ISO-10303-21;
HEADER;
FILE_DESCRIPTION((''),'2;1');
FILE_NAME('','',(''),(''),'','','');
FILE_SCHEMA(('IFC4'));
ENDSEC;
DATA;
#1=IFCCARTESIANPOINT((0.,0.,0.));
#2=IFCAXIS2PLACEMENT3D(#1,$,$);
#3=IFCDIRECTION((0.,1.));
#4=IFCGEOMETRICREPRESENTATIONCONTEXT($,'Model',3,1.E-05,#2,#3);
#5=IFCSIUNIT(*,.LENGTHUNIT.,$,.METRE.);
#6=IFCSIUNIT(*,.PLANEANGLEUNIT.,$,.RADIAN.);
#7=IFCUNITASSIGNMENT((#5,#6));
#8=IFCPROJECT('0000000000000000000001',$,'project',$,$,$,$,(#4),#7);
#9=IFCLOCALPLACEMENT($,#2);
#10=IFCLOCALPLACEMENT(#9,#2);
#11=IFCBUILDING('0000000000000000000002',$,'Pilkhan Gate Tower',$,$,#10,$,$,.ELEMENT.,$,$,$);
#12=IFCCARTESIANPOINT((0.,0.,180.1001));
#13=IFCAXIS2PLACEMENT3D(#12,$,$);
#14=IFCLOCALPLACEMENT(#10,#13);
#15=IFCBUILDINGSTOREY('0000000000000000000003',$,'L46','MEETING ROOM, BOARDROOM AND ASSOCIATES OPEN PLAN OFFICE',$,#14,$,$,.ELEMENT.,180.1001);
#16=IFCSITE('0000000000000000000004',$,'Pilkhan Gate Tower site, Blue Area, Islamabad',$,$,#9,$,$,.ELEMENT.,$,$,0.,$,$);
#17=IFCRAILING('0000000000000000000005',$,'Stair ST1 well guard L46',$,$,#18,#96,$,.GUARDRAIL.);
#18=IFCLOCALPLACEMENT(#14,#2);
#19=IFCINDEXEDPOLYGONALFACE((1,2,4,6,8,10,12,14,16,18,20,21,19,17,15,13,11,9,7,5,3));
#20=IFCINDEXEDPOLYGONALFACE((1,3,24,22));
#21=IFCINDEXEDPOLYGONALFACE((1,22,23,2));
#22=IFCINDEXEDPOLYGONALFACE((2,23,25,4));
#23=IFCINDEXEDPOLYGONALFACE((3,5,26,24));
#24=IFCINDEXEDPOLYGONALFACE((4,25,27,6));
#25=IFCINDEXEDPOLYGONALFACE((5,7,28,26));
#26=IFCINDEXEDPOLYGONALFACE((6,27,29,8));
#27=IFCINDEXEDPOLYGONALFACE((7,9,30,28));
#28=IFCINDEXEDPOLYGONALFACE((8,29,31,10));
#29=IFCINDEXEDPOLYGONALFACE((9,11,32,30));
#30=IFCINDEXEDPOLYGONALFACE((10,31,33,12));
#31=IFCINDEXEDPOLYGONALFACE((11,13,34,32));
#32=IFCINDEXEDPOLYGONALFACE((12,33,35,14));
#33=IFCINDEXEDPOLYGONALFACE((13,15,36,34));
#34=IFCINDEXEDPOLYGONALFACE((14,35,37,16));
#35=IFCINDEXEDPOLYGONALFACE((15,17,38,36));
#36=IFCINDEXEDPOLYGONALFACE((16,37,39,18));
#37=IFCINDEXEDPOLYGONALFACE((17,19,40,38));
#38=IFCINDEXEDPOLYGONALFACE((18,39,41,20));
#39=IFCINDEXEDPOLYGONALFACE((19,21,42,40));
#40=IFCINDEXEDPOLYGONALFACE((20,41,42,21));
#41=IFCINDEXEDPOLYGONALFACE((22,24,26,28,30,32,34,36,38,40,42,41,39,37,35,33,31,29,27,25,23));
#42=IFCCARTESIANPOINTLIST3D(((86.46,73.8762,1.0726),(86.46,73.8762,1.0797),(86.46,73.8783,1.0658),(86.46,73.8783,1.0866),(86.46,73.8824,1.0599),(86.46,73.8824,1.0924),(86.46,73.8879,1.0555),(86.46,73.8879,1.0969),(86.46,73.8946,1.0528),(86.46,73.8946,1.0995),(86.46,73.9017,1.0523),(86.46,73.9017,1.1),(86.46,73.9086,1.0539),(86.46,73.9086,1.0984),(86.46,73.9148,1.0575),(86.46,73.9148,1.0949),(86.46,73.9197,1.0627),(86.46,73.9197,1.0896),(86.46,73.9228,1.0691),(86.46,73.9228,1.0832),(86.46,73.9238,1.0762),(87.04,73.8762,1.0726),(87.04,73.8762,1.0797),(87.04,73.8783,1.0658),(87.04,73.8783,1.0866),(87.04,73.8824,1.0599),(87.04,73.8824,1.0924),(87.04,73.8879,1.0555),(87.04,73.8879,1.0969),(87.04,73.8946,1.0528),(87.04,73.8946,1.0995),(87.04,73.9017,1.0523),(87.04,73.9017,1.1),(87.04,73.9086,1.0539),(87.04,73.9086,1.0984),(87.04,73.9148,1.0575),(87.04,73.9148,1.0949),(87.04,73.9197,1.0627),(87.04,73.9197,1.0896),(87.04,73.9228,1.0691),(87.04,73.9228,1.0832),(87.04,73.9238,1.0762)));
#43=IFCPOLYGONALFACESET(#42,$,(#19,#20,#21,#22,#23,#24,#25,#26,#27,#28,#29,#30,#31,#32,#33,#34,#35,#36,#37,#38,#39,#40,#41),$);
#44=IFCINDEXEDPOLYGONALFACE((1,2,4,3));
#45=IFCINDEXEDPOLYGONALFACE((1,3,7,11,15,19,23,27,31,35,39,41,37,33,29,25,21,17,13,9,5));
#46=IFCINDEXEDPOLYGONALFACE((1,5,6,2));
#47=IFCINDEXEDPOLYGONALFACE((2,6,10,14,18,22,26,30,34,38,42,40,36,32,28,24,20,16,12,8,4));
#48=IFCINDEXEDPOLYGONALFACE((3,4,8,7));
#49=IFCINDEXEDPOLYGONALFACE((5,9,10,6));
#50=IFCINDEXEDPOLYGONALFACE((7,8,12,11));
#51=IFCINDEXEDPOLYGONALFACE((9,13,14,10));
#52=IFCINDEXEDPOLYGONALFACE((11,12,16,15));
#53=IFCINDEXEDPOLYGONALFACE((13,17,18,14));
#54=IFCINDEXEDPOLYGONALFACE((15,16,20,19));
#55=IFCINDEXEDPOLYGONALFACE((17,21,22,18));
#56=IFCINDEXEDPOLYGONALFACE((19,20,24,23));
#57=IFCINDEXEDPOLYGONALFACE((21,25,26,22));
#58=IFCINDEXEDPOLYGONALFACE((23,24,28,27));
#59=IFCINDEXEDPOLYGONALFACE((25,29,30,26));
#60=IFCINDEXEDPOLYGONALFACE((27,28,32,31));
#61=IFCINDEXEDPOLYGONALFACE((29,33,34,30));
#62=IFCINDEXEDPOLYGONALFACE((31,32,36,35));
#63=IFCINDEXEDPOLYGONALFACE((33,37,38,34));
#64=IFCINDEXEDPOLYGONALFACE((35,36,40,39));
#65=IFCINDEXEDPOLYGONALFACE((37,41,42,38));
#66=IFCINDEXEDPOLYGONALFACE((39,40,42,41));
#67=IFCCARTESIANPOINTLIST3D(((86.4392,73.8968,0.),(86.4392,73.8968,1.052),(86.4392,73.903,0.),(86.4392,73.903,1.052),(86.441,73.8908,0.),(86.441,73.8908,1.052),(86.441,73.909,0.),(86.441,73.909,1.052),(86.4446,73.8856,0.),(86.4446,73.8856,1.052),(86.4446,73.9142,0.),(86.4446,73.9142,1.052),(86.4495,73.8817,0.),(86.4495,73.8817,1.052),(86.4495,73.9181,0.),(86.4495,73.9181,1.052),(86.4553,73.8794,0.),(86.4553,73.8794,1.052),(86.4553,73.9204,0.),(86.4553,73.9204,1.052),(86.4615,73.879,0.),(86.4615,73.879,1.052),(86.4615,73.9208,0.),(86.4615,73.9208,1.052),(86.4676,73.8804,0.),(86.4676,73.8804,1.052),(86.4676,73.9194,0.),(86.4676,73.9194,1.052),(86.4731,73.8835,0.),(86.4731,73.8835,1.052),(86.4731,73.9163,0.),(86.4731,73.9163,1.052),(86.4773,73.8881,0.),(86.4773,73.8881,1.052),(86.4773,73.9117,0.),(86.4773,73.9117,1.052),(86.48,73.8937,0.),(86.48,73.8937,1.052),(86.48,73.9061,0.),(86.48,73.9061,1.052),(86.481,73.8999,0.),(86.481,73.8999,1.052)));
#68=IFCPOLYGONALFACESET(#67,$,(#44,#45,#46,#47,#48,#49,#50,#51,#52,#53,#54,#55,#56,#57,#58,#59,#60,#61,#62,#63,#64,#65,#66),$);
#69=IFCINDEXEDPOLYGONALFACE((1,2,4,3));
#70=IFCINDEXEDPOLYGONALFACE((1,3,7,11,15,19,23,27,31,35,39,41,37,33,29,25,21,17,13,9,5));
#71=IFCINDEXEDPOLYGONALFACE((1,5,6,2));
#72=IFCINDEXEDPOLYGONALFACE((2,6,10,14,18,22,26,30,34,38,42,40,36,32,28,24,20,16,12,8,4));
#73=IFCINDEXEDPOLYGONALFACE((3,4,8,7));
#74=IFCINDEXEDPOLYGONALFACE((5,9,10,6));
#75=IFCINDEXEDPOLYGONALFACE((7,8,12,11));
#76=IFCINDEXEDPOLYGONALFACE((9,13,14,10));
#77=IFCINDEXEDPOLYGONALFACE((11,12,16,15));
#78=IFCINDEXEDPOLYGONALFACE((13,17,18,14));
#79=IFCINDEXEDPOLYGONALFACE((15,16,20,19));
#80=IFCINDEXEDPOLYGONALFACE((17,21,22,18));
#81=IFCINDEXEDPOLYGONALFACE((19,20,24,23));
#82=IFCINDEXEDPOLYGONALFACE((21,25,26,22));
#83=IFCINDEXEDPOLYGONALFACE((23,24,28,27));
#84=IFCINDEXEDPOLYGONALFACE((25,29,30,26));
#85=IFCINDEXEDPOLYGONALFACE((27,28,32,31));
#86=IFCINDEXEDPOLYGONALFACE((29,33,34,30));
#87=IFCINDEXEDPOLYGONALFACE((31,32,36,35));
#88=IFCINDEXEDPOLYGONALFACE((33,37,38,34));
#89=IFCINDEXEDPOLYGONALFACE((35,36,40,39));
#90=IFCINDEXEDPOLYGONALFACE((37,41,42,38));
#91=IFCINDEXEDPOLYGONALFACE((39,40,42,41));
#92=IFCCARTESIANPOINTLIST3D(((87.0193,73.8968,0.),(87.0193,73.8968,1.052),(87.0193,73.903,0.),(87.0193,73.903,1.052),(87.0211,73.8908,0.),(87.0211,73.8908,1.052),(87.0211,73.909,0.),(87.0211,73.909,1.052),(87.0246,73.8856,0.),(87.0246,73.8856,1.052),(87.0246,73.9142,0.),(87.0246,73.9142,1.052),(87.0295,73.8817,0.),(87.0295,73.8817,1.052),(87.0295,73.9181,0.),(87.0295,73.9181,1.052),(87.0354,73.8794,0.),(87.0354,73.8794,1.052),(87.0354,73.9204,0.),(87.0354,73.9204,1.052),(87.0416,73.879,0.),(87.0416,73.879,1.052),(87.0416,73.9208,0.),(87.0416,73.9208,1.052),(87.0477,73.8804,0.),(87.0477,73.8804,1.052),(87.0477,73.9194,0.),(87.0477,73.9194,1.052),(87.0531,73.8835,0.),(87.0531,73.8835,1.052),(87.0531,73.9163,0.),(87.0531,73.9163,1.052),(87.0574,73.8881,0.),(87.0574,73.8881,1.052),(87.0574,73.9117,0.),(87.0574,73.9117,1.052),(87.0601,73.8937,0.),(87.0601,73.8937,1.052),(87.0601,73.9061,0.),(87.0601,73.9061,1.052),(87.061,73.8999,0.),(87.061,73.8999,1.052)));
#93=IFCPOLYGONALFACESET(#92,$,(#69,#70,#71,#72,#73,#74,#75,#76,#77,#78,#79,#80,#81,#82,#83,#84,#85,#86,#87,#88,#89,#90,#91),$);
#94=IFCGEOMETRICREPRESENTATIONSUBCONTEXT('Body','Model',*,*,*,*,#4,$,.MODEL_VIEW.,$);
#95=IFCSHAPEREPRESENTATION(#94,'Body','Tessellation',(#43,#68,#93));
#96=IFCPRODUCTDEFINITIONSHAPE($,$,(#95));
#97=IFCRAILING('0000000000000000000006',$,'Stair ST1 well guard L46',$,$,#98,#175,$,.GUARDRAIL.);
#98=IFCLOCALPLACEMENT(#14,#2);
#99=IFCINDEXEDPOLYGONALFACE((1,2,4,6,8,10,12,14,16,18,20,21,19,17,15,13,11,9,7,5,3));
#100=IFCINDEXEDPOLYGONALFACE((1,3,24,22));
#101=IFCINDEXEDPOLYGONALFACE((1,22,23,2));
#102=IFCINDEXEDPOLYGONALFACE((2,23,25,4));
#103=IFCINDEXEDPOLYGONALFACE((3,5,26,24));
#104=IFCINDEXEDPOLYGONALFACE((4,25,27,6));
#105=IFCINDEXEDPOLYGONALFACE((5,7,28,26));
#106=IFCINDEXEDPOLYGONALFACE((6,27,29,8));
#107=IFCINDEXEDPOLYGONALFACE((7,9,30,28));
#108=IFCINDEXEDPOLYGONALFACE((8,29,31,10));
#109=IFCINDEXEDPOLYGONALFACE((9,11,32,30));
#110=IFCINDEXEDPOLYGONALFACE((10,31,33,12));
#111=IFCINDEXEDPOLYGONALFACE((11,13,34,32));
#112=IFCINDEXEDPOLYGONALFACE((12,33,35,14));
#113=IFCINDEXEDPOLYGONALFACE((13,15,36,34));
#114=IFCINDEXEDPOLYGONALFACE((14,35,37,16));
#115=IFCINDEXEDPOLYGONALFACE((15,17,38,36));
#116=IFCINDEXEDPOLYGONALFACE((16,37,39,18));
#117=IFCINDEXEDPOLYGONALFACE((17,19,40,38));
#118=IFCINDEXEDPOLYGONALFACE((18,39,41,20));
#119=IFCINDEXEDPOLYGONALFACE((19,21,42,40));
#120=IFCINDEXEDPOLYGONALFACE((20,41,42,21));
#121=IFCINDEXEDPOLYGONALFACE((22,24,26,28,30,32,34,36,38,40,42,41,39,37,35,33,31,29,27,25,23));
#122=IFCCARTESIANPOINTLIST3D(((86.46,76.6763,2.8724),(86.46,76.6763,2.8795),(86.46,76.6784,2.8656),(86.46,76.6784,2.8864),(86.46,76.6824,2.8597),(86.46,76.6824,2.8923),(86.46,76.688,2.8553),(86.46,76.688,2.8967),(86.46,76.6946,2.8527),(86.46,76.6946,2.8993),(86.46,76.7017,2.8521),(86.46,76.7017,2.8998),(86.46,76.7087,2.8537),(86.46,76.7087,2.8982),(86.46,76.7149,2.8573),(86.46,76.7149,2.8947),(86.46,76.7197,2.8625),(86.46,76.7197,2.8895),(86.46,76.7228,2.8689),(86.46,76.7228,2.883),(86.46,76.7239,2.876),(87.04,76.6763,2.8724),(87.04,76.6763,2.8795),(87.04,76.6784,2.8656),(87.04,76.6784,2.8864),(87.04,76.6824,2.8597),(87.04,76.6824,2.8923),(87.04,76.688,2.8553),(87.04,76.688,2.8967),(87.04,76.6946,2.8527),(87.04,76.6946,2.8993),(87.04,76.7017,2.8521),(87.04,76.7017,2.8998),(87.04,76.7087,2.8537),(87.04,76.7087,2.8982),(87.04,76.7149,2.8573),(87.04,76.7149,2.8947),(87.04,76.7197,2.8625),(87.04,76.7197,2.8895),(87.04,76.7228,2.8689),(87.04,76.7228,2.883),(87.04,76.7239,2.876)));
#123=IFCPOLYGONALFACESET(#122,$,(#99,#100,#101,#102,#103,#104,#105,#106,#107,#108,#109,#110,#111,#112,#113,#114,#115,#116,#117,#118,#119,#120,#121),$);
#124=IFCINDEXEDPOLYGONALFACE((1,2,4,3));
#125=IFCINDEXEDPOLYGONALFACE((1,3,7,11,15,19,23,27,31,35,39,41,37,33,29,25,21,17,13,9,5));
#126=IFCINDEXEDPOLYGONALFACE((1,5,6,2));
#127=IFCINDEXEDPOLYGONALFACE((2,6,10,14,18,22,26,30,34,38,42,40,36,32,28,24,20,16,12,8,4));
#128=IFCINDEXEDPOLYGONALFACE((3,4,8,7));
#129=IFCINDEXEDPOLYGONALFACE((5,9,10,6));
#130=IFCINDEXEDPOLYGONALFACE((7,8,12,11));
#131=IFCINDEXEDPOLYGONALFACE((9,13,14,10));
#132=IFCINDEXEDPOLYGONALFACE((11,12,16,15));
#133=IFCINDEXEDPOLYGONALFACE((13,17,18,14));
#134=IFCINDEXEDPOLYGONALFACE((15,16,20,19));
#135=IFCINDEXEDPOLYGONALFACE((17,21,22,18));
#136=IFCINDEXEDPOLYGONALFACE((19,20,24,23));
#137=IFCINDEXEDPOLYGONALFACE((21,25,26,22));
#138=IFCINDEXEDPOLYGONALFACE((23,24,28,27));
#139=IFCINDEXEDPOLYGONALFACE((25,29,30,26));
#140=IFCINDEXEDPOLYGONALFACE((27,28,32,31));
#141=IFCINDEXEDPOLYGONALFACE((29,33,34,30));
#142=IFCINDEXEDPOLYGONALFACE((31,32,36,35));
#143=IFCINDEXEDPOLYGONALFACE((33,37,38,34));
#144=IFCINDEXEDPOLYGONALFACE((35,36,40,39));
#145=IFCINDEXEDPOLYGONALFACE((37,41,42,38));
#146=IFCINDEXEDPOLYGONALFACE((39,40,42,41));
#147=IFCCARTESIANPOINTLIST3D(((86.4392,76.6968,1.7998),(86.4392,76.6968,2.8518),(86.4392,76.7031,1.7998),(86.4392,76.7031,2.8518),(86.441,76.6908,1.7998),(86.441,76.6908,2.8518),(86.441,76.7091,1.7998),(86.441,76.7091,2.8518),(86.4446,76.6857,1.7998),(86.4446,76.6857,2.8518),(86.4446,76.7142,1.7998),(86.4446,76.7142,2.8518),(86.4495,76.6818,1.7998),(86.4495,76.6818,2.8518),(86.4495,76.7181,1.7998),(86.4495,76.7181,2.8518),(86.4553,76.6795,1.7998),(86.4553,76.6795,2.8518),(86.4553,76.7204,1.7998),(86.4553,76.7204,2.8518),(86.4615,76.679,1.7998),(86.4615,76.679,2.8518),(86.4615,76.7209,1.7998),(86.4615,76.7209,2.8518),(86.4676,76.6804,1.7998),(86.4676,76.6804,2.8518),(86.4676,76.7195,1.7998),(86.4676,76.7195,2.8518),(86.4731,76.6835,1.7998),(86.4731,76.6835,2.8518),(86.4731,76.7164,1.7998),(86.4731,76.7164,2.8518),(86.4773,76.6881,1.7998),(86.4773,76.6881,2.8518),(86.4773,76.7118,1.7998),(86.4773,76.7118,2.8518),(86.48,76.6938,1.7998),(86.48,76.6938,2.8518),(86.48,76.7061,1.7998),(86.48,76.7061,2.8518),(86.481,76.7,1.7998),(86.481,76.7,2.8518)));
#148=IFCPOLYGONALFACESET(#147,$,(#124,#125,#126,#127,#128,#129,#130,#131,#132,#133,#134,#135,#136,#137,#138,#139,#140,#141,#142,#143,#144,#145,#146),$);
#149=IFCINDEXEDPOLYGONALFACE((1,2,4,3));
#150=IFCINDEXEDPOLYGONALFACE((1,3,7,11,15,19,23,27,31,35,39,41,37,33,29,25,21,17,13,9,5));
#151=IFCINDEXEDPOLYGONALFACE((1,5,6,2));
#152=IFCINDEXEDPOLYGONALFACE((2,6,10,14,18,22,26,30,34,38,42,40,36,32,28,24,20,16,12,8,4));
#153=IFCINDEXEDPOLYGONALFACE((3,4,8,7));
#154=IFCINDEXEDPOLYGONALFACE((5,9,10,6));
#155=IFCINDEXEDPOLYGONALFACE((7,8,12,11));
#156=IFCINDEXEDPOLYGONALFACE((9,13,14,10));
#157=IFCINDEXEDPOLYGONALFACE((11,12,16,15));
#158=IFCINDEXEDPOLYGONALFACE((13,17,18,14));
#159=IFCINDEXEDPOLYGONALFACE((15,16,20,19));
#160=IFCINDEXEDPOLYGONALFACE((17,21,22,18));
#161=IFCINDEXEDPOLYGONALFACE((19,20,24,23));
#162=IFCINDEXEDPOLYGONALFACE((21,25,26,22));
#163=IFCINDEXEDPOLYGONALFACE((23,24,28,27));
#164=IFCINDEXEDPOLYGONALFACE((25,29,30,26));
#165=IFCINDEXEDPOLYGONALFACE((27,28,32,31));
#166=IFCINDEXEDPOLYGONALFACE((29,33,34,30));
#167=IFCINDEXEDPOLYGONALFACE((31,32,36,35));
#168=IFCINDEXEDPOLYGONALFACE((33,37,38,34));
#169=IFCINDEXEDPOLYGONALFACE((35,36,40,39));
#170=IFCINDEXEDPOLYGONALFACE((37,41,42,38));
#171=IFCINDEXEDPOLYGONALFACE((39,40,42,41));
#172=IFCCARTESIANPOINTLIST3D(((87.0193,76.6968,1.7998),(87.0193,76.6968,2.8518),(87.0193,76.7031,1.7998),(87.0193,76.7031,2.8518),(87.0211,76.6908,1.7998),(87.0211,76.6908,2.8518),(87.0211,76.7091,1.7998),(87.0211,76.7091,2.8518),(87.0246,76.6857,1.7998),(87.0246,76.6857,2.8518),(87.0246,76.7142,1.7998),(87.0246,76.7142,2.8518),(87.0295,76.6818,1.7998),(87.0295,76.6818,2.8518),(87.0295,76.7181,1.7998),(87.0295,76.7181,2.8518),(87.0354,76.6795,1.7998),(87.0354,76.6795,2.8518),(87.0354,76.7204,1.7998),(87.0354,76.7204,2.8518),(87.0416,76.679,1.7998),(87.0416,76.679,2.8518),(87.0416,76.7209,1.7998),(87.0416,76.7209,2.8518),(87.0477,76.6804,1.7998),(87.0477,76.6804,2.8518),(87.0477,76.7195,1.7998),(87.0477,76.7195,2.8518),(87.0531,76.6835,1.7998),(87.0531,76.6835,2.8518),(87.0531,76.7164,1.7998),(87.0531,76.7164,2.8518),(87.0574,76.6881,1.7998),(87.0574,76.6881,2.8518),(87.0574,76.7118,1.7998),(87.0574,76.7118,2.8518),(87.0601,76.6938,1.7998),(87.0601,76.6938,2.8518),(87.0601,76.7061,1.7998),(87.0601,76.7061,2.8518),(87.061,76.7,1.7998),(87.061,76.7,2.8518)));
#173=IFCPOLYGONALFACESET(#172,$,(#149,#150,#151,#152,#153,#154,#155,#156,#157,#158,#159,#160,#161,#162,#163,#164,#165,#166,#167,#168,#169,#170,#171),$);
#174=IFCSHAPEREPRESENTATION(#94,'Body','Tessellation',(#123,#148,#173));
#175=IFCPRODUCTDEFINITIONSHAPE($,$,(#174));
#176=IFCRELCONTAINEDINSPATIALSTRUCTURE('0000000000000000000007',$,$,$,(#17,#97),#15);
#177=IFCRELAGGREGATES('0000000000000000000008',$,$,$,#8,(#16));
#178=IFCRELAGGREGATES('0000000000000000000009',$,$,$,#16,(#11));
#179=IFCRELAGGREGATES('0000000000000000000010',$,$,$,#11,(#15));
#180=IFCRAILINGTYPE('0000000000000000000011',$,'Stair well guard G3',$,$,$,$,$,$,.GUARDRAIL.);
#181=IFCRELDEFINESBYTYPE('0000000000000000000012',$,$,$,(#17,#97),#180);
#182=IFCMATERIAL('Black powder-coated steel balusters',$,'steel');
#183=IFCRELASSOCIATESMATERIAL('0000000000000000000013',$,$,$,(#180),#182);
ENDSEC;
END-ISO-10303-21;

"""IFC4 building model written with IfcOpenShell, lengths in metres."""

from ifc_helpers import new_model, si_unit, direction, frame, origin, origin_2d, place, context, subcontext, project, spatial, circle, extrude, material, type_object, element, save


model = new_model("IFC4")

# Units and contexts
model_context = context("Model", 3, precision=1e-05, world=origin(), true_north=direction((0.0, 1.0)))
body_context = subcontext(model_context, "Body", "Model", "MODEL_VIEW")
ifc_project = project(units=[si_unit("LENGTHUNIT", "METRE"), si_unit("PLANEANGLEUNIT", "RADIAN")], contexts=[model_context])

# Site, building, storey
site_placement = place(None, origin())
site = spatial("IfcSite", under=ifc_project, at=site_placement, Name="Pilkhan Gate Tower site, Blue Area, Islamabad", CompositionType="ELEMENT", RefElevation=0.0)
building_placement = place(site_placement, origin())
building = spatial("IfcBuilding", under=site, at=building_placement, Name="Pilkhan Gate Tower", CompositionType="ELEMENT")
storey_placement = place(building_placement, frame((0.0, 0.0, 180.1001)))
storey = spatial("IfcBuildingStorey", under=building, at=storey_placement, Name="L46", Description="MEETING ROOM, BOARDROOM AND ASSOCIATES OPEN PLAN OFFICE", CompositionType="ELEMENT", Elevation=180.1001)

# Railings
ifc_material_1 = material(Name="Black powder-coated steel balusters", Category="steel")
railing_type_1 = type_object("IfcRailingType", Name="Stair well guard G3", PredefinedType="GUARDRAIL", material=ifc_material_1)
for number, where, name in (
    (1, (86.46, 73.8999, 0.0), "Stair ST1 well guard L46"),
    (2, (86.46, 76.7, 1.7998), "Stair ST1 well guard L46"),
):
    element("IfcRailing", number, at=place(storey_placement, frame(where)), inside=storey, type_object=railing_type_1, Name=name, PredefinedType="GUARDRAIL", context=body_context, shape_type="SweptSolid", body=[
        extrude(circle(Radius=0.0239, at=origin_2d()), frame((0.0, 0.0, 1.0762), z_axis=(1.0, 0.0, 0.0), x_axis=(0.0, 1.0, 0.0)), (0.0, 0.0, 1.0), 0.5801),
        extrude(circle(Radius=0.021, at=origin_2d()), origin(), (0.0, 0.0, 1.0), 1.052),
        extrude(circle(Radius=0.021, at=origin_2d()), frame((0.5801, 0.0, 0.0)), (0.0, 0.0, 1.0), 1.052),
    ])

save(model, "model.ifc")
